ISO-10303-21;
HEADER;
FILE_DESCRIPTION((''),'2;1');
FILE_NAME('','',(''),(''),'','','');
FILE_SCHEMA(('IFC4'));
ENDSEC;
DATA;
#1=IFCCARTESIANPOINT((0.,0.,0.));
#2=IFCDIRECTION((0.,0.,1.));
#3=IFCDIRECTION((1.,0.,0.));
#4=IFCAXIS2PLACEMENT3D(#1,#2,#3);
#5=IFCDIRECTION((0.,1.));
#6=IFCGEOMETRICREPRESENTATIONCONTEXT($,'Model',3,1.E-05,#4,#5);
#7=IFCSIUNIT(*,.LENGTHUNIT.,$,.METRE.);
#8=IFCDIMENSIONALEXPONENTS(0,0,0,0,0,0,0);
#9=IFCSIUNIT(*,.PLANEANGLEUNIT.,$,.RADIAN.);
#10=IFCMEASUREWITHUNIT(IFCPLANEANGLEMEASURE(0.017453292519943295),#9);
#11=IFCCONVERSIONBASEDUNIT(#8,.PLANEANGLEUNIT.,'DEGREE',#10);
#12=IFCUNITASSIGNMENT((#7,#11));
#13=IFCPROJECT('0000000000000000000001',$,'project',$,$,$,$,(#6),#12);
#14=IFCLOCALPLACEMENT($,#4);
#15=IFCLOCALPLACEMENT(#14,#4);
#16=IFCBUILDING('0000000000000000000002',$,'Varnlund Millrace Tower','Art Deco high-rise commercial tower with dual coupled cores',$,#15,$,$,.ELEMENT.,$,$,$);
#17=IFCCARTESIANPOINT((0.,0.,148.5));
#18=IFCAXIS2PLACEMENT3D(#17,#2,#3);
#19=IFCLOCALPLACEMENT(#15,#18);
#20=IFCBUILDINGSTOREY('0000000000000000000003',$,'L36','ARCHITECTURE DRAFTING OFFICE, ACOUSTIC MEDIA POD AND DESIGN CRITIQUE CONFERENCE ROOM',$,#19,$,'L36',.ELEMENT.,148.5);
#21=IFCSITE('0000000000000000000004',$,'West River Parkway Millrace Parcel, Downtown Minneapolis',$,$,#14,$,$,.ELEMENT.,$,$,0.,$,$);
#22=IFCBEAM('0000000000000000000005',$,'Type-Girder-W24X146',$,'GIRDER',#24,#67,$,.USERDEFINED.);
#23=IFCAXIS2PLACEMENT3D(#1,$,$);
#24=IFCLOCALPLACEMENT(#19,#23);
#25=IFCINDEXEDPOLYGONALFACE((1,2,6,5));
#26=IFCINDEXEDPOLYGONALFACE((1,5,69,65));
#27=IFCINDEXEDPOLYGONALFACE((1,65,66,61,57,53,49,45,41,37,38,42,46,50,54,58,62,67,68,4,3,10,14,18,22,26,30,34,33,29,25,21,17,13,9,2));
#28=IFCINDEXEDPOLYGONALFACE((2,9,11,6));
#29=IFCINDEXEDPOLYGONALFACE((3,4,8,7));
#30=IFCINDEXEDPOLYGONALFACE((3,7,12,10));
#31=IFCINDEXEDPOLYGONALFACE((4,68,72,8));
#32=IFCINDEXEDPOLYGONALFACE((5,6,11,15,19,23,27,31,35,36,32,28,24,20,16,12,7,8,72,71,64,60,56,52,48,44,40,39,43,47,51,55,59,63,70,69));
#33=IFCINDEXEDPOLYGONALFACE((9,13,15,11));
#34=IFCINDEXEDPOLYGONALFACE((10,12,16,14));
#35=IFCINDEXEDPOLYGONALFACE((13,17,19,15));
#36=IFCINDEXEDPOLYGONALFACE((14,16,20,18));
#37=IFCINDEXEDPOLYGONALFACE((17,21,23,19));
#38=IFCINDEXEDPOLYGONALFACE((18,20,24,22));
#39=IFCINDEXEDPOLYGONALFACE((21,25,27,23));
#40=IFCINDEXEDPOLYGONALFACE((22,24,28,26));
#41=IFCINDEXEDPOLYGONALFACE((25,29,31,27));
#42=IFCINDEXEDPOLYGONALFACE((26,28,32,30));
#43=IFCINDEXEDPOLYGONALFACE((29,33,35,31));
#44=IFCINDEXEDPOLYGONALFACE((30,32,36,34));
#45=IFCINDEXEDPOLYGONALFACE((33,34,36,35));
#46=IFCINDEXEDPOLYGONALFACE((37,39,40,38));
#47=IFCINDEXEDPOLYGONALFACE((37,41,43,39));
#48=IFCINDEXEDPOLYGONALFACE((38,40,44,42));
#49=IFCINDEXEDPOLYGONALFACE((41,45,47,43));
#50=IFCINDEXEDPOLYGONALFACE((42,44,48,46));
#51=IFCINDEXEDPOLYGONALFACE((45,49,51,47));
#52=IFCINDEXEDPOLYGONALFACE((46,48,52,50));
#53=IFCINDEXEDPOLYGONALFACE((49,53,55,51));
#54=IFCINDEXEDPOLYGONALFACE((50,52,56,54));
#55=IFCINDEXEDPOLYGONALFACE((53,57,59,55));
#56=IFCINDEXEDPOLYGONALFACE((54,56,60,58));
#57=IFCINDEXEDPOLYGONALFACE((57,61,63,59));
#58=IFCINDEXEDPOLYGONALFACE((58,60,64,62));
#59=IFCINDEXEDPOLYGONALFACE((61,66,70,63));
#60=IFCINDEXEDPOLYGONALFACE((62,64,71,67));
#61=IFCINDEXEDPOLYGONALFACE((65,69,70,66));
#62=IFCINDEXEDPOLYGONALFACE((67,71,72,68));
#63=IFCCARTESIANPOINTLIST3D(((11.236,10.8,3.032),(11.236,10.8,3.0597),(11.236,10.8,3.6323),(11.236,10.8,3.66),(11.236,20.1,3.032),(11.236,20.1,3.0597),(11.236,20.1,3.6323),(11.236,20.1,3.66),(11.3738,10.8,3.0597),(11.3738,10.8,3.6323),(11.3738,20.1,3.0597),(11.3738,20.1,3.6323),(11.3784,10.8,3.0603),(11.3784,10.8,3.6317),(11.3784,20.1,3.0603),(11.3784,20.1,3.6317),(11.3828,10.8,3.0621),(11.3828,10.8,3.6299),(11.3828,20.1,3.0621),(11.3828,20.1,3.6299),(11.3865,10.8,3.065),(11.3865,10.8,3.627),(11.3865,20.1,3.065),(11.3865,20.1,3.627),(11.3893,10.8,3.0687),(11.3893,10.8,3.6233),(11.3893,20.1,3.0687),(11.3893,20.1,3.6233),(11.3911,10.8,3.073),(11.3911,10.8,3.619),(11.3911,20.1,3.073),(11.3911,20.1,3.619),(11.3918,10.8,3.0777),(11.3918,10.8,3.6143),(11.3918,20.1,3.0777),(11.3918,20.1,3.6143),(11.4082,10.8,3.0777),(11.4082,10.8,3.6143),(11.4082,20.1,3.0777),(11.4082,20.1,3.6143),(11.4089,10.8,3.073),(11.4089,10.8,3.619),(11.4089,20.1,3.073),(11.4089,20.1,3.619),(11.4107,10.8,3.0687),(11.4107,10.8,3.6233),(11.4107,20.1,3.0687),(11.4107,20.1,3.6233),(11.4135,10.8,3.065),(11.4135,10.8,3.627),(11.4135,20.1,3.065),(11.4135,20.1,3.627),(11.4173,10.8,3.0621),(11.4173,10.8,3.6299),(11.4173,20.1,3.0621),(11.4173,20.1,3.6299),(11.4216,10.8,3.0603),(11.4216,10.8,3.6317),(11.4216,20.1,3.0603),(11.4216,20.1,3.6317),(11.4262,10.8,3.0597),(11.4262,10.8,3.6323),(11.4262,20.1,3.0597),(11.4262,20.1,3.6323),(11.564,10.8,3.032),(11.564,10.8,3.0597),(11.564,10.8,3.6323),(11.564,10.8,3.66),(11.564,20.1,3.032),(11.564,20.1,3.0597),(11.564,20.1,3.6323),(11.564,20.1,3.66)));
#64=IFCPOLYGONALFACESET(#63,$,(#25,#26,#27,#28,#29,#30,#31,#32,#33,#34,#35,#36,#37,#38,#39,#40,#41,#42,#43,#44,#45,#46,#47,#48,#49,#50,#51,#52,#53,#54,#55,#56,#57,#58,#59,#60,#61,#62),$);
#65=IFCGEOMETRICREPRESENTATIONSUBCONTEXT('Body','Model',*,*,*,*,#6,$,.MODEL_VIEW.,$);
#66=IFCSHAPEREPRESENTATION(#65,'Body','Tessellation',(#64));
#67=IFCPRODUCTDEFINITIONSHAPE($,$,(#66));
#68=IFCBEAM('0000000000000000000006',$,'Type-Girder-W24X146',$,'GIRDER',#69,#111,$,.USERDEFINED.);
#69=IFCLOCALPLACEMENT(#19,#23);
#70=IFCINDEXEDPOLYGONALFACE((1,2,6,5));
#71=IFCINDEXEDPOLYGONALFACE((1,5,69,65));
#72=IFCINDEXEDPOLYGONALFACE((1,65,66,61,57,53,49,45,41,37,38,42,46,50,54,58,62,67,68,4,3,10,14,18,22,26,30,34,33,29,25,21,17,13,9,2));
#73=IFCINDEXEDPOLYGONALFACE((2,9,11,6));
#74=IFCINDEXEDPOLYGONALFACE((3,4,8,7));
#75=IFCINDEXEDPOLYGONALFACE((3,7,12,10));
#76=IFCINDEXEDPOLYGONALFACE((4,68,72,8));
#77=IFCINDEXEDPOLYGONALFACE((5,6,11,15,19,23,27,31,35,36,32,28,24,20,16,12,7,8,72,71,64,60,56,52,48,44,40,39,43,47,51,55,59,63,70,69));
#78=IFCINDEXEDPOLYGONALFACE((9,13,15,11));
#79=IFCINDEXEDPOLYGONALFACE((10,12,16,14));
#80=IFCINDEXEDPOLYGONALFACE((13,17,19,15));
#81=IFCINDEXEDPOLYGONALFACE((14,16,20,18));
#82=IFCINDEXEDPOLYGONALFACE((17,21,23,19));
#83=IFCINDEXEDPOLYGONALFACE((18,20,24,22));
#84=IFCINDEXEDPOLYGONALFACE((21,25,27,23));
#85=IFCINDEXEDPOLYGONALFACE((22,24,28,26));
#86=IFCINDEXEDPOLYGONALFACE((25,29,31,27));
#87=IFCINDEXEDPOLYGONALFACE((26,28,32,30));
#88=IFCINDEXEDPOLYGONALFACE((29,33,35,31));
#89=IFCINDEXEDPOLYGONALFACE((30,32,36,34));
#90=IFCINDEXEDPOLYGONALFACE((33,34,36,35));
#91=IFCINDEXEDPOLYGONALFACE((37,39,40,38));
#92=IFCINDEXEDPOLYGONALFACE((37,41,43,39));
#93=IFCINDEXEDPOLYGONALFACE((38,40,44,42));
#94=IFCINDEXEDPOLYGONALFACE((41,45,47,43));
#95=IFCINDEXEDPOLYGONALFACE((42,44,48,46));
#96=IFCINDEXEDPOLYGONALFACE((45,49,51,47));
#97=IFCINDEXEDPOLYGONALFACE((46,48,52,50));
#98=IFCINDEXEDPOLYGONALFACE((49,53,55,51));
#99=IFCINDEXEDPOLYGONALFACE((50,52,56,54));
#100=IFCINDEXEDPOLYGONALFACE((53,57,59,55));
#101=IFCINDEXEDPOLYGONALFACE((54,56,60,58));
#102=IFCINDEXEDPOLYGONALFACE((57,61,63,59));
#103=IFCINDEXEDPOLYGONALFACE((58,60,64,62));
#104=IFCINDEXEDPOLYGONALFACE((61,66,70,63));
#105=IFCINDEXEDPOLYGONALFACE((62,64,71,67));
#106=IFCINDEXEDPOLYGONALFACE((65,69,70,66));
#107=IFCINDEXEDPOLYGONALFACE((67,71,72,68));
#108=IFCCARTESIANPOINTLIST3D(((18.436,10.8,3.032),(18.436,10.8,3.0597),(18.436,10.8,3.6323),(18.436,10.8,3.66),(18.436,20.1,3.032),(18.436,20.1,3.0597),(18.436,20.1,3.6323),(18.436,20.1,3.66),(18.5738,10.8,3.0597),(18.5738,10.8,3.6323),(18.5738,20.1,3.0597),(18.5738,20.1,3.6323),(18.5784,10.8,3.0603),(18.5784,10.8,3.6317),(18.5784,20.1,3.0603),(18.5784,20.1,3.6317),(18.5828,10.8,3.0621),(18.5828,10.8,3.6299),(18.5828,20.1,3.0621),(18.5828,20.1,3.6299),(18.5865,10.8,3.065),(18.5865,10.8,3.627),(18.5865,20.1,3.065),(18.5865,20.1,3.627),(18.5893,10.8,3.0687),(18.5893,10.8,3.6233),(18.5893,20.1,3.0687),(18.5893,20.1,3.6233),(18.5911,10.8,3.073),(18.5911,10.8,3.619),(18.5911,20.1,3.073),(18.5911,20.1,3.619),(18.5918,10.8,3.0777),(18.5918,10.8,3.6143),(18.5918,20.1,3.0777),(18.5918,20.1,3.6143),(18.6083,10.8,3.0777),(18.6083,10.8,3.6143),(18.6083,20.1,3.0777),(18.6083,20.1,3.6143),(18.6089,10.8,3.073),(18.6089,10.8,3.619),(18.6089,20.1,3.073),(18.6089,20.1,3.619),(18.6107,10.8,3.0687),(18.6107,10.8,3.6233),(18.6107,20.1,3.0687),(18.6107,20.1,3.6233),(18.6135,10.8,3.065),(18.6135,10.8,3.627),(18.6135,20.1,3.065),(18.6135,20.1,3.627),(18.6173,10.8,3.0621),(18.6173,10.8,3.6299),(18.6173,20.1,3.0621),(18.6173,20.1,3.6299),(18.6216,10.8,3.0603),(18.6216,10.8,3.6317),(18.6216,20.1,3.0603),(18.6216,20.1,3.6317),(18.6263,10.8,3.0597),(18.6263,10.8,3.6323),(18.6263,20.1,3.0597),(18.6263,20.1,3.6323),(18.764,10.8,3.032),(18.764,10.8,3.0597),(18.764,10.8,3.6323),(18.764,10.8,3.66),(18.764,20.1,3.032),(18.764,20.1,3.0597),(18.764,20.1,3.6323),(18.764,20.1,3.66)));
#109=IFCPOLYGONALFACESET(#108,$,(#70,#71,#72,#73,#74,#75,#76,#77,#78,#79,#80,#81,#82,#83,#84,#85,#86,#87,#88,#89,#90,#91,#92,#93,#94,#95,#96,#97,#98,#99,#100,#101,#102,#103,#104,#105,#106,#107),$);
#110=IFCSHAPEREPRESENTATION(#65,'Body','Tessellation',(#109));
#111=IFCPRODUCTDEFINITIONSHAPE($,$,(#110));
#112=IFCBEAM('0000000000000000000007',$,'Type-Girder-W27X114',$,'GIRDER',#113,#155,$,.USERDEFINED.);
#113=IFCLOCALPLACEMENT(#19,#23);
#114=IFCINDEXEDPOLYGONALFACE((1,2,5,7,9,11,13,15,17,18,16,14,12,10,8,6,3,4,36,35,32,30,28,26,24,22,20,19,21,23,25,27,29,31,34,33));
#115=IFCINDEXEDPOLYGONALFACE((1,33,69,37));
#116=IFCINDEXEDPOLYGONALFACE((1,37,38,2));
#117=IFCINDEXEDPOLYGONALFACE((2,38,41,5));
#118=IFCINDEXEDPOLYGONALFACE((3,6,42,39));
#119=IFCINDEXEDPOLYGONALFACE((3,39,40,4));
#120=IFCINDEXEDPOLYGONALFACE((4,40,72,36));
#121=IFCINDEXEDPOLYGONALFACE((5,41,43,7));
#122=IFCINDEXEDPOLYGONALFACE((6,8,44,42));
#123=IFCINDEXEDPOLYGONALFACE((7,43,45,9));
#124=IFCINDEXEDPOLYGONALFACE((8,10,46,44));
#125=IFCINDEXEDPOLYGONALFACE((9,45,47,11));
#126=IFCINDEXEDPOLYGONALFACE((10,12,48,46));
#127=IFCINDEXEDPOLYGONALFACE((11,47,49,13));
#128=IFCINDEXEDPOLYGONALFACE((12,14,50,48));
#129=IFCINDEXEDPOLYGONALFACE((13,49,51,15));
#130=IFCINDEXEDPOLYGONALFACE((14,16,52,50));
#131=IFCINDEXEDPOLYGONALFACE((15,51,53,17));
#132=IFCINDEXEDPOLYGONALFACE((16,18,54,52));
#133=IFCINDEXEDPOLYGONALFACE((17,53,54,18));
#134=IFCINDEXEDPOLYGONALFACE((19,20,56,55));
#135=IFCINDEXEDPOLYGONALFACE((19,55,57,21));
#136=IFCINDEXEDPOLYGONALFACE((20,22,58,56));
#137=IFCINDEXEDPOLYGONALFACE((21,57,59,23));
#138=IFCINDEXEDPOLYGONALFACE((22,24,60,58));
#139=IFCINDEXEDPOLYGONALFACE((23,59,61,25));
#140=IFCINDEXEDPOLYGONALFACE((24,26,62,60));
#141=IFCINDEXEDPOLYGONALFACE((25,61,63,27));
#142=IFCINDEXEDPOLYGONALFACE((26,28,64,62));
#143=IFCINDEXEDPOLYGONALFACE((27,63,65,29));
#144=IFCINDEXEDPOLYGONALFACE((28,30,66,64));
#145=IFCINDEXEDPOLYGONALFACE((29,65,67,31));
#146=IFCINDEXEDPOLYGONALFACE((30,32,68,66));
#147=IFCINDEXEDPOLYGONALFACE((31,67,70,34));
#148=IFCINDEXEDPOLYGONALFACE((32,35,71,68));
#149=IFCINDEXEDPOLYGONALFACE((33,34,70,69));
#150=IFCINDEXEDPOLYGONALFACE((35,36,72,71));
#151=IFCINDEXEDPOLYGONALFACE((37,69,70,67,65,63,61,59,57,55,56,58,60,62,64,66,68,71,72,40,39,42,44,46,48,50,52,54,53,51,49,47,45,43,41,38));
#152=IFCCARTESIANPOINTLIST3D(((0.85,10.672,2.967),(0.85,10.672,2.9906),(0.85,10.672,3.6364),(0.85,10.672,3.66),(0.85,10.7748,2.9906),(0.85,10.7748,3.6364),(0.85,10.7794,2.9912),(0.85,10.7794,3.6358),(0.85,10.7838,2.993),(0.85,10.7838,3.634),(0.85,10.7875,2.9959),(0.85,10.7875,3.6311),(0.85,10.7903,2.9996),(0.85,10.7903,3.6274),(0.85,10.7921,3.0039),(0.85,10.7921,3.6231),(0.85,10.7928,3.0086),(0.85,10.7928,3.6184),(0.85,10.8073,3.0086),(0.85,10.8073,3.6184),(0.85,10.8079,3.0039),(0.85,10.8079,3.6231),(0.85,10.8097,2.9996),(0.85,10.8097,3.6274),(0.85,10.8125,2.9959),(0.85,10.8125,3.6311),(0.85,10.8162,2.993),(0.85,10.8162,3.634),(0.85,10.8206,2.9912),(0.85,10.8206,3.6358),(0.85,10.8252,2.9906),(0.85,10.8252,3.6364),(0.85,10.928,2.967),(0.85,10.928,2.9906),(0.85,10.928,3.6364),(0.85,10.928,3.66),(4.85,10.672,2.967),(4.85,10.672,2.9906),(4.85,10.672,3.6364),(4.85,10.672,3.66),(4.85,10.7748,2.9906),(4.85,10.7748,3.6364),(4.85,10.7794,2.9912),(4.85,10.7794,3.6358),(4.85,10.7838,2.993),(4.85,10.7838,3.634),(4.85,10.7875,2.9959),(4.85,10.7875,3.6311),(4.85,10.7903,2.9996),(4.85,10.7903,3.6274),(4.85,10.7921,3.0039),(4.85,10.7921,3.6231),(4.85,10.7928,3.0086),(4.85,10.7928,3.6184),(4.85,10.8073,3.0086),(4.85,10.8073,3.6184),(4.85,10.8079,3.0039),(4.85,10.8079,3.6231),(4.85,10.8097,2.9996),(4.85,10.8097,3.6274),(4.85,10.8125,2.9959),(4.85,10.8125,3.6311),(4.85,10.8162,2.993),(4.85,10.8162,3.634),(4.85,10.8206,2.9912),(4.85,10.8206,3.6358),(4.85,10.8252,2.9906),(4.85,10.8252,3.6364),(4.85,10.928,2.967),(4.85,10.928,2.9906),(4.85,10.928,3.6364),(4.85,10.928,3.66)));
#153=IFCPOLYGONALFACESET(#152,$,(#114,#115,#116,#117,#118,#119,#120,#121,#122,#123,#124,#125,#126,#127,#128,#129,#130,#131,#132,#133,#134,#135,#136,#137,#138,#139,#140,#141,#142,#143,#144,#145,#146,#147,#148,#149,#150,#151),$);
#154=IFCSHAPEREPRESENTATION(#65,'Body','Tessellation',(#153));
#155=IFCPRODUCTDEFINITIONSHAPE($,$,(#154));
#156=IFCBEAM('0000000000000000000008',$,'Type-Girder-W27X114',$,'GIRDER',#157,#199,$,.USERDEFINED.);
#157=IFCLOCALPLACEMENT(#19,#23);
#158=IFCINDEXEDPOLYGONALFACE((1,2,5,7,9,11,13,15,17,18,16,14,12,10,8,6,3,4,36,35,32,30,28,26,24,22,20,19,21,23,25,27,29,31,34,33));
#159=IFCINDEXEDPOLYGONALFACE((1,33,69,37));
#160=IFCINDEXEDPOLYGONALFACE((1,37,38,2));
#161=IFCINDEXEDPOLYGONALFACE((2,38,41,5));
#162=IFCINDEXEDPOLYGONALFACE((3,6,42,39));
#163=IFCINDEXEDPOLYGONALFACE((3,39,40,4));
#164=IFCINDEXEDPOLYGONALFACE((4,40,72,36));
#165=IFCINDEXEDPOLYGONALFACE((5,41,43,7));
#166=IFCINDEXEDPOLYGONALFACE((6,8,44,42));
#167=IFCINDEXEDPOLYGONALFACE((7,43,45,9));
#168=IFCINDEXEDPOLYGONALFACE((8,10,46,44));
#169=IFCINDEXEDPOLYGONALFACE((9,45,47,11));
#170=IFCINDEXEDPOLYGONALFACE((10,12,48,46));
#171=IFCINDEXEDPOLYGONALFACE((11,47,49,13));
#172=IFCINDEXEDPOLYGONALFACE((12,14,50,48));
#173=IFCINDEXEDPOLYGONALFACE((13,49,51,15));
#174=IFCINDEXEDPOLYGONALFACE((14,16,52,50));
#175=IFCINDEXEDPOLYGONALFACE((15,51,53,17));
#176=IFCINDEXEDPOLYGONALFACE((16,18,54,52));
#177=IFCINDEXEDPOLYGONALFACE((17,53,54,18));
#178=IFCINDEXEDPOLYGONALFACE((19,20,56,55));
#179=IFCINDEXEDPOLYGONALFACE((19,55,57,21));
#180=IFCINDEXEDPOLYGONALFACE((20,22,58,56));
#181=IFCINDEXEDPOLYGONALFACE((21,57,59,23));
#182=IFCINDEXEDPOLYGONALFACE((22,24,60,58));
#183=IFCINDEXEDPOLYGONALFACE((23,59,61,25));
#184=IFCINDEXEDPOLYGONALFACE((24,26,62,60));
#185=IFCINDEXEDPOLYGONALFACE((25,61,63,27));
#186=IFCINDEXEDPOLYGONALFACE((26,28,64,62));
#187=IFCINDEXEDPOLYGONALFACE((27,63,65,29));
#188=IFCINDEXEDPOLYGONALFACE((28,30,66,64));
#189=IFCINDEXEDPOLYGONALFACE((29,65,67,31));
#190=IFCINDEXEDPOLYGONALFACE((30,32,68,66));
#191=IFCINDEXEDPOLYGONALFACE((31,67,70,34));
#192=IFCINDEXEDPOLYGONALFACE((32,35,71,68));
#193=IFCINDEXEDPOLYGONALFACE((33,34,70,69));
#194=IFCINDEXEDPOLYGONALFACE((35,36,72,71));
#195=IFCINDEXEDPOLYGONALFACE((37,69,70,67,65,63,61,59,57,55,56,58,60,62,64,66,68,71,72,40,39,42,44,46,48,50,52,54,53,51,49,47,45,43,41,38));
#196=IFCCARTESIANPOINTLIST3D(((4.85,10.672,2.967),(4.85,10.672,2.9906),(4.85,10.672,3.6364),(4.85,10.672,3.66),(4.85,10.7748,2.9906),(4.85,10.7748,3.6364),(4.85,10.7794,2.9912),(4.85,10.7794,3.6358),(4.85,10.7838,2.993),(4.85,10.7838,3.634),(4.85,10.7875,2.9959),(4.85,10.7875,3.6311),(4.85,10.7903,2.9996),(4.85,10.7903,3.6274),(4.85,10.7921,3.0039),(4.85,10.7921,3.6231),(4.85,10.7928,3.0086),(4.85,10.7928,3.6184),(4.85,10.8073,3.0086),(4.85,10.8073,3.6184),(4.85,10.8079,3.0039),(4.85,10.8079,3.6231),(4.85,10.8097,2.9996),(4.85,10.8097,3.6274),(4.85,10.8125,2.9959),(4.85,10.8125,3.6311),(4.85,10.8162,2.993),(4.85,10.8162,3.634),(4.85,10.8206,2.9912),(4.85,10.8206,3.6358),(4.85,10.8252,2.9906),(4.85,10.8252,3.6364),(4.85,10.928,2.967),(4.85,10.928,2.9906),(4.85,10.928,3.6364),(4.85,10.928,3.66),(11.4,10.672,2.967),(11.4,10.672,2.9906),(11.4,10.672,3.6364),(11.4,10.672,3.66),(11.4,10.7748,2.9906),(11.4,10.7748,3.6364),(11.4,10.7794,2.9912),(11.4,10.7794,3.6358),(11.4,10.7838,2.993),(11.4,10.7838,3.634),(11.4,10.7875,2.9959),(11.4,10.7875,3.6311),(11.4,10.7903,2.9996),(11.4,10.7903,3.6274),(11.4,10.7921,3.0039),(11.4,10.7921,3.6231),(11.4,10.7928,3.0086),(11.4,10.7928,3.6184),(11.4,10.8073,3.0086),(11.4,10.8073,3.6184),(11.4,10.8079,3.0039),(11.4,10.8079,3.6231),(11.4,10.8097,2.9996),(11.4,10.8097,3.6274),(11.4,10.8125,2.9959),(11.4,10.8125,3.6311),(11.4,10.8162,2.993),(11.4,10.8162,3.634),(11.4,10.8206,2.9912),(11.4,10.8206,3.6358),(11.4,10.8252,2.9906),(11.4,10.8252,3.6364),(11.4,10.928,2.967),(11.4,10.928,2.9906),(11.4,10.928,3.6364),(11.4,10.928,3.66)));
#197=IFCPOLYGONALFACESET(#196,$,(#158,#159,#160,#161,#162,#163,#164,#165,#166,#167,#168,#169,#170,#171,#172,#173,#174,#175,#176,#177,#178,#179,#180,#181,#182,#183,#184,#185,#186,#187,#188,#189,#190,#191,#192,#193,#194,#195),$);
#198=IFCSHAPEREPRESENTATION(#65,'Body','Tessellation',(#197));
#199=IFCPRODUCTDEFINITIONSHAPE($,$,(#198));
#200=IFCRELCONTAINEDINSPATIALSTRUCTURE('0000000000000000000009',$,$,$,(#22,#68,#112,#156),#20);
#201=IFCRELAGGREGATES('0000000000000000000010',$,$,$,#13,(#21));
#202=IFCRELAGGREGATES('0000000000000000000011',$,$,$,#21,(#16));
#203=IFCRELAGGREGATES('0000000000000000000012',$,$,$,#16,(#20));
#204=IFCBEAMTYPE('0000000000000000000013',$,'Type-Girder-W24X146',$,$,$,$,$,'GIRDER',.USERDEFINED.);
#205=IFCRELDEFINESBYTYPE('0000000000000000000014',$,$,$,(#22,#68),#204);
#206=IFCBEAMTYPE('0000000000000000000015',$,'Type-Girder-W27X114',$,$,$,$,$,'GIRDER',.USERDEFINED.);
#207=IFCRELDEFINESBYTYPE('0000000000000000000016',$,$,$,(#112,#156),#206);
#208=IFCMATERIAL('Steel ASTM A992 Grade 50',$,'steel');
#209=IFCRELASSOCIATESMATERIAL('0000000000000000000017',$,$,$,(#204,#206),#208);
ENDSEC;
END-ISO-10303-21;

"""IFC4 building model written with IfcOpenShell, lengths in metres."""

from ifc_helpers import new_model, entity, si_unit, converted_unit, direction, frame, origin_with_axes, origin_2d_with_axis, place, context, subcontext, project, spatial, i_section, extrude, material, material_profile, profile_set, type_object, element, save


model = new_model("IFC4")

# Units and contexts
model_context = context("Model", 3, precision=1e-05, world=origin_with_axes(), true_north=direction((0.0, 1.0)))
body_context = subcontext(model_context, "Body", "Model", "MODEL_VIEW")
ifc_project = project(units=[si_unit("LENGTHUNIT", "METRE"), converted_unit("PLANEANGLEUNIT", "DEGREE", entity("IfcPlaneAngleMeasure", 0.017453292519943295), si_unit("PLANEANGLEUNIT", "RADIAN"), dimensions=[0, 0, 0, 0, 0, 0, 0])], contexts=[model_context])

# Site, building, storey
site_placement = place(None, origin_with_axes())
site = spatial("IfcSite", under=ifc_project, at=site_placement, Name="West River Parkway Millrace Parcel, Downtown Minneapolis", CompositionType="ELEMENT", RefElevation=0.0)
building_placement = place(site_placement, origin_with_axes())
building = spatial("IfcBuilding", under=site, at=building_placement, Name="Varnlund Millrace Tower", Description="Art Deco high-rise commercial tower with dual coupled cores", CompositionType="ELEMENT")
storey_placement = place(building_placement, frame((0.0, 0.0, 148.5), z_axis=(0.0, 0.0, 1.0), x_axis=(1.0, 0.0, 0.0)))
storey = spatial("IfcBuildingStorey", under=building, at=storey_placement, Name="L36", Description="ARCHITECTURE DRAFTING OFFICE, ACOUSTIC MEDIA POD AND DESIGN CRITIQUE CONFERENCE ROOM", LongName="L36", CompositionType="ELEMENT", Elevation=148.5)

# Beams
ifc_material_1 = material(Name="Steel ASTM A992 Grade 50", Category="steel")
ifc_material_profile_1 = material_profile(ifc_material_1, i_section(OverallWidth=0.328, OverallDepth=0.628, WebThickness=0.0165, FlangeThickness=0.0277, FilletRadius=0.018, at=origin_2d_with_axis()), Name="Steel ASTM A992 Grade 50")
ifc_profile_set_1 = profile_set([ifc_material_profile_1], Name="Steel ASTM A992 Grade 50")
beam_type_1 = type_object("IfcBeamType", Name="Type-Girder-W24X146", ElementType="GIRDER", PredefinedType="USERDEFINED", material=ifc_profile_set_1)
for number, where, z_axis, x_axis, name in (
    (1, (11.4, 10.8, 3.346), (0.0, 1.0, 0.0), (-1.0, 0.0, 0.0), "Type-Girder-W24X146"),
    (2, (18.6, 10.8, 3.346), (0.0, 1.0, 0.0), (-1.0, 0.0, 0.0), "Type-Girder-W24X146"),
):
    element("IfcBeam", number, at=place(storey_placement, frame(where, z_axis=z_axis, x_axis=x_axis)), inside=storey, type_object=beam_type_1, Name=name, ObjectType="GIRDER", PredefinedType="USERDEFINED", context=body_context, shape_type="SweptSolid", body=[
        extrude(i_section(OverallWidth=0.328, OverallDepth=0.628, WebThickness=0.0165, FlangeThickness=0.0277, FilletRadius=0.018, at=origin_2d_with_axis()), origin_with_axes(), (0.0, 0.0, 1.0), 9.3),
    ])
ifc_material_profile_2 = material_profile(ifc_material_1, i_section(OverallWidth=0.256, OverallDepth=0.693, WebThickness=0.0145, FlangeThickness=0.0236, FilletRadius=0.018, at=origin_2d_with_axis()), Name="Steel ASTM A992 Grade 50")
ifc_profile_set_2 = profile_set([ifc_material_profile_2], Name="Steel ASTM A992 Grade 50")
beam_type_2 = type_object("IfcBeamType", Name="Type-Girder-W27X114", ElementType="GIRDER", PredefinedType="USERDEFINED", material=ifc_profile_set_2)
beam_1_placement = place(storey_placement, frame((0.85, 10.8, 3.3135), z_axis=(1.0, 0.0, 0.0), x_axis=(0.0, 1.0, 0.0)))
element("IfcBeam", 3, at=beam_1_placement, inside=storey, type_object=beam_type_2, Name="Type-Girder-W27X114", ObjectType="GIRDER", PredefinedType="USERDEFINED", context=body_context, shape_type="SweptSolid", body=[
    extrude(i_section(OverallWidth=0.256, OverallDepth=0.693, WebThickness=0.0145, FlangeThickness=0.0236, FilletRadius=0.018, at=origin_2d_with_axis()), origin_with_axes(), (0.0, 0.0, 1.0), 4.0),
])
beam_2_placement = place(storey_placement, frame((4.85, 10.8, 3.3135), z_axis=(1.0, 0.0, 0.0), x_axis=(0.0, 1.0, 0.0)))
element("IfcBeam", 4, at=beam_2_placement, inside=storey, type_object=beam_type_2, Name="Type-Girder-W27X114", ObjectType="GIRDER", PredefinedType="USERDEFINED", context=body_context, shape_type="SweptSolid", body=[
    extrude(i_section(OverallWidth=0.256, OverallDepth=0.693, WebThickness=0.0145, FlangeThickness=0.0236, FilletRadius=0.018, at=origin_2d_with_axis()), origin_with_axes(), (0.0, 0.0, 1.0), 6.55),
])

save(model, "model.ifc")
